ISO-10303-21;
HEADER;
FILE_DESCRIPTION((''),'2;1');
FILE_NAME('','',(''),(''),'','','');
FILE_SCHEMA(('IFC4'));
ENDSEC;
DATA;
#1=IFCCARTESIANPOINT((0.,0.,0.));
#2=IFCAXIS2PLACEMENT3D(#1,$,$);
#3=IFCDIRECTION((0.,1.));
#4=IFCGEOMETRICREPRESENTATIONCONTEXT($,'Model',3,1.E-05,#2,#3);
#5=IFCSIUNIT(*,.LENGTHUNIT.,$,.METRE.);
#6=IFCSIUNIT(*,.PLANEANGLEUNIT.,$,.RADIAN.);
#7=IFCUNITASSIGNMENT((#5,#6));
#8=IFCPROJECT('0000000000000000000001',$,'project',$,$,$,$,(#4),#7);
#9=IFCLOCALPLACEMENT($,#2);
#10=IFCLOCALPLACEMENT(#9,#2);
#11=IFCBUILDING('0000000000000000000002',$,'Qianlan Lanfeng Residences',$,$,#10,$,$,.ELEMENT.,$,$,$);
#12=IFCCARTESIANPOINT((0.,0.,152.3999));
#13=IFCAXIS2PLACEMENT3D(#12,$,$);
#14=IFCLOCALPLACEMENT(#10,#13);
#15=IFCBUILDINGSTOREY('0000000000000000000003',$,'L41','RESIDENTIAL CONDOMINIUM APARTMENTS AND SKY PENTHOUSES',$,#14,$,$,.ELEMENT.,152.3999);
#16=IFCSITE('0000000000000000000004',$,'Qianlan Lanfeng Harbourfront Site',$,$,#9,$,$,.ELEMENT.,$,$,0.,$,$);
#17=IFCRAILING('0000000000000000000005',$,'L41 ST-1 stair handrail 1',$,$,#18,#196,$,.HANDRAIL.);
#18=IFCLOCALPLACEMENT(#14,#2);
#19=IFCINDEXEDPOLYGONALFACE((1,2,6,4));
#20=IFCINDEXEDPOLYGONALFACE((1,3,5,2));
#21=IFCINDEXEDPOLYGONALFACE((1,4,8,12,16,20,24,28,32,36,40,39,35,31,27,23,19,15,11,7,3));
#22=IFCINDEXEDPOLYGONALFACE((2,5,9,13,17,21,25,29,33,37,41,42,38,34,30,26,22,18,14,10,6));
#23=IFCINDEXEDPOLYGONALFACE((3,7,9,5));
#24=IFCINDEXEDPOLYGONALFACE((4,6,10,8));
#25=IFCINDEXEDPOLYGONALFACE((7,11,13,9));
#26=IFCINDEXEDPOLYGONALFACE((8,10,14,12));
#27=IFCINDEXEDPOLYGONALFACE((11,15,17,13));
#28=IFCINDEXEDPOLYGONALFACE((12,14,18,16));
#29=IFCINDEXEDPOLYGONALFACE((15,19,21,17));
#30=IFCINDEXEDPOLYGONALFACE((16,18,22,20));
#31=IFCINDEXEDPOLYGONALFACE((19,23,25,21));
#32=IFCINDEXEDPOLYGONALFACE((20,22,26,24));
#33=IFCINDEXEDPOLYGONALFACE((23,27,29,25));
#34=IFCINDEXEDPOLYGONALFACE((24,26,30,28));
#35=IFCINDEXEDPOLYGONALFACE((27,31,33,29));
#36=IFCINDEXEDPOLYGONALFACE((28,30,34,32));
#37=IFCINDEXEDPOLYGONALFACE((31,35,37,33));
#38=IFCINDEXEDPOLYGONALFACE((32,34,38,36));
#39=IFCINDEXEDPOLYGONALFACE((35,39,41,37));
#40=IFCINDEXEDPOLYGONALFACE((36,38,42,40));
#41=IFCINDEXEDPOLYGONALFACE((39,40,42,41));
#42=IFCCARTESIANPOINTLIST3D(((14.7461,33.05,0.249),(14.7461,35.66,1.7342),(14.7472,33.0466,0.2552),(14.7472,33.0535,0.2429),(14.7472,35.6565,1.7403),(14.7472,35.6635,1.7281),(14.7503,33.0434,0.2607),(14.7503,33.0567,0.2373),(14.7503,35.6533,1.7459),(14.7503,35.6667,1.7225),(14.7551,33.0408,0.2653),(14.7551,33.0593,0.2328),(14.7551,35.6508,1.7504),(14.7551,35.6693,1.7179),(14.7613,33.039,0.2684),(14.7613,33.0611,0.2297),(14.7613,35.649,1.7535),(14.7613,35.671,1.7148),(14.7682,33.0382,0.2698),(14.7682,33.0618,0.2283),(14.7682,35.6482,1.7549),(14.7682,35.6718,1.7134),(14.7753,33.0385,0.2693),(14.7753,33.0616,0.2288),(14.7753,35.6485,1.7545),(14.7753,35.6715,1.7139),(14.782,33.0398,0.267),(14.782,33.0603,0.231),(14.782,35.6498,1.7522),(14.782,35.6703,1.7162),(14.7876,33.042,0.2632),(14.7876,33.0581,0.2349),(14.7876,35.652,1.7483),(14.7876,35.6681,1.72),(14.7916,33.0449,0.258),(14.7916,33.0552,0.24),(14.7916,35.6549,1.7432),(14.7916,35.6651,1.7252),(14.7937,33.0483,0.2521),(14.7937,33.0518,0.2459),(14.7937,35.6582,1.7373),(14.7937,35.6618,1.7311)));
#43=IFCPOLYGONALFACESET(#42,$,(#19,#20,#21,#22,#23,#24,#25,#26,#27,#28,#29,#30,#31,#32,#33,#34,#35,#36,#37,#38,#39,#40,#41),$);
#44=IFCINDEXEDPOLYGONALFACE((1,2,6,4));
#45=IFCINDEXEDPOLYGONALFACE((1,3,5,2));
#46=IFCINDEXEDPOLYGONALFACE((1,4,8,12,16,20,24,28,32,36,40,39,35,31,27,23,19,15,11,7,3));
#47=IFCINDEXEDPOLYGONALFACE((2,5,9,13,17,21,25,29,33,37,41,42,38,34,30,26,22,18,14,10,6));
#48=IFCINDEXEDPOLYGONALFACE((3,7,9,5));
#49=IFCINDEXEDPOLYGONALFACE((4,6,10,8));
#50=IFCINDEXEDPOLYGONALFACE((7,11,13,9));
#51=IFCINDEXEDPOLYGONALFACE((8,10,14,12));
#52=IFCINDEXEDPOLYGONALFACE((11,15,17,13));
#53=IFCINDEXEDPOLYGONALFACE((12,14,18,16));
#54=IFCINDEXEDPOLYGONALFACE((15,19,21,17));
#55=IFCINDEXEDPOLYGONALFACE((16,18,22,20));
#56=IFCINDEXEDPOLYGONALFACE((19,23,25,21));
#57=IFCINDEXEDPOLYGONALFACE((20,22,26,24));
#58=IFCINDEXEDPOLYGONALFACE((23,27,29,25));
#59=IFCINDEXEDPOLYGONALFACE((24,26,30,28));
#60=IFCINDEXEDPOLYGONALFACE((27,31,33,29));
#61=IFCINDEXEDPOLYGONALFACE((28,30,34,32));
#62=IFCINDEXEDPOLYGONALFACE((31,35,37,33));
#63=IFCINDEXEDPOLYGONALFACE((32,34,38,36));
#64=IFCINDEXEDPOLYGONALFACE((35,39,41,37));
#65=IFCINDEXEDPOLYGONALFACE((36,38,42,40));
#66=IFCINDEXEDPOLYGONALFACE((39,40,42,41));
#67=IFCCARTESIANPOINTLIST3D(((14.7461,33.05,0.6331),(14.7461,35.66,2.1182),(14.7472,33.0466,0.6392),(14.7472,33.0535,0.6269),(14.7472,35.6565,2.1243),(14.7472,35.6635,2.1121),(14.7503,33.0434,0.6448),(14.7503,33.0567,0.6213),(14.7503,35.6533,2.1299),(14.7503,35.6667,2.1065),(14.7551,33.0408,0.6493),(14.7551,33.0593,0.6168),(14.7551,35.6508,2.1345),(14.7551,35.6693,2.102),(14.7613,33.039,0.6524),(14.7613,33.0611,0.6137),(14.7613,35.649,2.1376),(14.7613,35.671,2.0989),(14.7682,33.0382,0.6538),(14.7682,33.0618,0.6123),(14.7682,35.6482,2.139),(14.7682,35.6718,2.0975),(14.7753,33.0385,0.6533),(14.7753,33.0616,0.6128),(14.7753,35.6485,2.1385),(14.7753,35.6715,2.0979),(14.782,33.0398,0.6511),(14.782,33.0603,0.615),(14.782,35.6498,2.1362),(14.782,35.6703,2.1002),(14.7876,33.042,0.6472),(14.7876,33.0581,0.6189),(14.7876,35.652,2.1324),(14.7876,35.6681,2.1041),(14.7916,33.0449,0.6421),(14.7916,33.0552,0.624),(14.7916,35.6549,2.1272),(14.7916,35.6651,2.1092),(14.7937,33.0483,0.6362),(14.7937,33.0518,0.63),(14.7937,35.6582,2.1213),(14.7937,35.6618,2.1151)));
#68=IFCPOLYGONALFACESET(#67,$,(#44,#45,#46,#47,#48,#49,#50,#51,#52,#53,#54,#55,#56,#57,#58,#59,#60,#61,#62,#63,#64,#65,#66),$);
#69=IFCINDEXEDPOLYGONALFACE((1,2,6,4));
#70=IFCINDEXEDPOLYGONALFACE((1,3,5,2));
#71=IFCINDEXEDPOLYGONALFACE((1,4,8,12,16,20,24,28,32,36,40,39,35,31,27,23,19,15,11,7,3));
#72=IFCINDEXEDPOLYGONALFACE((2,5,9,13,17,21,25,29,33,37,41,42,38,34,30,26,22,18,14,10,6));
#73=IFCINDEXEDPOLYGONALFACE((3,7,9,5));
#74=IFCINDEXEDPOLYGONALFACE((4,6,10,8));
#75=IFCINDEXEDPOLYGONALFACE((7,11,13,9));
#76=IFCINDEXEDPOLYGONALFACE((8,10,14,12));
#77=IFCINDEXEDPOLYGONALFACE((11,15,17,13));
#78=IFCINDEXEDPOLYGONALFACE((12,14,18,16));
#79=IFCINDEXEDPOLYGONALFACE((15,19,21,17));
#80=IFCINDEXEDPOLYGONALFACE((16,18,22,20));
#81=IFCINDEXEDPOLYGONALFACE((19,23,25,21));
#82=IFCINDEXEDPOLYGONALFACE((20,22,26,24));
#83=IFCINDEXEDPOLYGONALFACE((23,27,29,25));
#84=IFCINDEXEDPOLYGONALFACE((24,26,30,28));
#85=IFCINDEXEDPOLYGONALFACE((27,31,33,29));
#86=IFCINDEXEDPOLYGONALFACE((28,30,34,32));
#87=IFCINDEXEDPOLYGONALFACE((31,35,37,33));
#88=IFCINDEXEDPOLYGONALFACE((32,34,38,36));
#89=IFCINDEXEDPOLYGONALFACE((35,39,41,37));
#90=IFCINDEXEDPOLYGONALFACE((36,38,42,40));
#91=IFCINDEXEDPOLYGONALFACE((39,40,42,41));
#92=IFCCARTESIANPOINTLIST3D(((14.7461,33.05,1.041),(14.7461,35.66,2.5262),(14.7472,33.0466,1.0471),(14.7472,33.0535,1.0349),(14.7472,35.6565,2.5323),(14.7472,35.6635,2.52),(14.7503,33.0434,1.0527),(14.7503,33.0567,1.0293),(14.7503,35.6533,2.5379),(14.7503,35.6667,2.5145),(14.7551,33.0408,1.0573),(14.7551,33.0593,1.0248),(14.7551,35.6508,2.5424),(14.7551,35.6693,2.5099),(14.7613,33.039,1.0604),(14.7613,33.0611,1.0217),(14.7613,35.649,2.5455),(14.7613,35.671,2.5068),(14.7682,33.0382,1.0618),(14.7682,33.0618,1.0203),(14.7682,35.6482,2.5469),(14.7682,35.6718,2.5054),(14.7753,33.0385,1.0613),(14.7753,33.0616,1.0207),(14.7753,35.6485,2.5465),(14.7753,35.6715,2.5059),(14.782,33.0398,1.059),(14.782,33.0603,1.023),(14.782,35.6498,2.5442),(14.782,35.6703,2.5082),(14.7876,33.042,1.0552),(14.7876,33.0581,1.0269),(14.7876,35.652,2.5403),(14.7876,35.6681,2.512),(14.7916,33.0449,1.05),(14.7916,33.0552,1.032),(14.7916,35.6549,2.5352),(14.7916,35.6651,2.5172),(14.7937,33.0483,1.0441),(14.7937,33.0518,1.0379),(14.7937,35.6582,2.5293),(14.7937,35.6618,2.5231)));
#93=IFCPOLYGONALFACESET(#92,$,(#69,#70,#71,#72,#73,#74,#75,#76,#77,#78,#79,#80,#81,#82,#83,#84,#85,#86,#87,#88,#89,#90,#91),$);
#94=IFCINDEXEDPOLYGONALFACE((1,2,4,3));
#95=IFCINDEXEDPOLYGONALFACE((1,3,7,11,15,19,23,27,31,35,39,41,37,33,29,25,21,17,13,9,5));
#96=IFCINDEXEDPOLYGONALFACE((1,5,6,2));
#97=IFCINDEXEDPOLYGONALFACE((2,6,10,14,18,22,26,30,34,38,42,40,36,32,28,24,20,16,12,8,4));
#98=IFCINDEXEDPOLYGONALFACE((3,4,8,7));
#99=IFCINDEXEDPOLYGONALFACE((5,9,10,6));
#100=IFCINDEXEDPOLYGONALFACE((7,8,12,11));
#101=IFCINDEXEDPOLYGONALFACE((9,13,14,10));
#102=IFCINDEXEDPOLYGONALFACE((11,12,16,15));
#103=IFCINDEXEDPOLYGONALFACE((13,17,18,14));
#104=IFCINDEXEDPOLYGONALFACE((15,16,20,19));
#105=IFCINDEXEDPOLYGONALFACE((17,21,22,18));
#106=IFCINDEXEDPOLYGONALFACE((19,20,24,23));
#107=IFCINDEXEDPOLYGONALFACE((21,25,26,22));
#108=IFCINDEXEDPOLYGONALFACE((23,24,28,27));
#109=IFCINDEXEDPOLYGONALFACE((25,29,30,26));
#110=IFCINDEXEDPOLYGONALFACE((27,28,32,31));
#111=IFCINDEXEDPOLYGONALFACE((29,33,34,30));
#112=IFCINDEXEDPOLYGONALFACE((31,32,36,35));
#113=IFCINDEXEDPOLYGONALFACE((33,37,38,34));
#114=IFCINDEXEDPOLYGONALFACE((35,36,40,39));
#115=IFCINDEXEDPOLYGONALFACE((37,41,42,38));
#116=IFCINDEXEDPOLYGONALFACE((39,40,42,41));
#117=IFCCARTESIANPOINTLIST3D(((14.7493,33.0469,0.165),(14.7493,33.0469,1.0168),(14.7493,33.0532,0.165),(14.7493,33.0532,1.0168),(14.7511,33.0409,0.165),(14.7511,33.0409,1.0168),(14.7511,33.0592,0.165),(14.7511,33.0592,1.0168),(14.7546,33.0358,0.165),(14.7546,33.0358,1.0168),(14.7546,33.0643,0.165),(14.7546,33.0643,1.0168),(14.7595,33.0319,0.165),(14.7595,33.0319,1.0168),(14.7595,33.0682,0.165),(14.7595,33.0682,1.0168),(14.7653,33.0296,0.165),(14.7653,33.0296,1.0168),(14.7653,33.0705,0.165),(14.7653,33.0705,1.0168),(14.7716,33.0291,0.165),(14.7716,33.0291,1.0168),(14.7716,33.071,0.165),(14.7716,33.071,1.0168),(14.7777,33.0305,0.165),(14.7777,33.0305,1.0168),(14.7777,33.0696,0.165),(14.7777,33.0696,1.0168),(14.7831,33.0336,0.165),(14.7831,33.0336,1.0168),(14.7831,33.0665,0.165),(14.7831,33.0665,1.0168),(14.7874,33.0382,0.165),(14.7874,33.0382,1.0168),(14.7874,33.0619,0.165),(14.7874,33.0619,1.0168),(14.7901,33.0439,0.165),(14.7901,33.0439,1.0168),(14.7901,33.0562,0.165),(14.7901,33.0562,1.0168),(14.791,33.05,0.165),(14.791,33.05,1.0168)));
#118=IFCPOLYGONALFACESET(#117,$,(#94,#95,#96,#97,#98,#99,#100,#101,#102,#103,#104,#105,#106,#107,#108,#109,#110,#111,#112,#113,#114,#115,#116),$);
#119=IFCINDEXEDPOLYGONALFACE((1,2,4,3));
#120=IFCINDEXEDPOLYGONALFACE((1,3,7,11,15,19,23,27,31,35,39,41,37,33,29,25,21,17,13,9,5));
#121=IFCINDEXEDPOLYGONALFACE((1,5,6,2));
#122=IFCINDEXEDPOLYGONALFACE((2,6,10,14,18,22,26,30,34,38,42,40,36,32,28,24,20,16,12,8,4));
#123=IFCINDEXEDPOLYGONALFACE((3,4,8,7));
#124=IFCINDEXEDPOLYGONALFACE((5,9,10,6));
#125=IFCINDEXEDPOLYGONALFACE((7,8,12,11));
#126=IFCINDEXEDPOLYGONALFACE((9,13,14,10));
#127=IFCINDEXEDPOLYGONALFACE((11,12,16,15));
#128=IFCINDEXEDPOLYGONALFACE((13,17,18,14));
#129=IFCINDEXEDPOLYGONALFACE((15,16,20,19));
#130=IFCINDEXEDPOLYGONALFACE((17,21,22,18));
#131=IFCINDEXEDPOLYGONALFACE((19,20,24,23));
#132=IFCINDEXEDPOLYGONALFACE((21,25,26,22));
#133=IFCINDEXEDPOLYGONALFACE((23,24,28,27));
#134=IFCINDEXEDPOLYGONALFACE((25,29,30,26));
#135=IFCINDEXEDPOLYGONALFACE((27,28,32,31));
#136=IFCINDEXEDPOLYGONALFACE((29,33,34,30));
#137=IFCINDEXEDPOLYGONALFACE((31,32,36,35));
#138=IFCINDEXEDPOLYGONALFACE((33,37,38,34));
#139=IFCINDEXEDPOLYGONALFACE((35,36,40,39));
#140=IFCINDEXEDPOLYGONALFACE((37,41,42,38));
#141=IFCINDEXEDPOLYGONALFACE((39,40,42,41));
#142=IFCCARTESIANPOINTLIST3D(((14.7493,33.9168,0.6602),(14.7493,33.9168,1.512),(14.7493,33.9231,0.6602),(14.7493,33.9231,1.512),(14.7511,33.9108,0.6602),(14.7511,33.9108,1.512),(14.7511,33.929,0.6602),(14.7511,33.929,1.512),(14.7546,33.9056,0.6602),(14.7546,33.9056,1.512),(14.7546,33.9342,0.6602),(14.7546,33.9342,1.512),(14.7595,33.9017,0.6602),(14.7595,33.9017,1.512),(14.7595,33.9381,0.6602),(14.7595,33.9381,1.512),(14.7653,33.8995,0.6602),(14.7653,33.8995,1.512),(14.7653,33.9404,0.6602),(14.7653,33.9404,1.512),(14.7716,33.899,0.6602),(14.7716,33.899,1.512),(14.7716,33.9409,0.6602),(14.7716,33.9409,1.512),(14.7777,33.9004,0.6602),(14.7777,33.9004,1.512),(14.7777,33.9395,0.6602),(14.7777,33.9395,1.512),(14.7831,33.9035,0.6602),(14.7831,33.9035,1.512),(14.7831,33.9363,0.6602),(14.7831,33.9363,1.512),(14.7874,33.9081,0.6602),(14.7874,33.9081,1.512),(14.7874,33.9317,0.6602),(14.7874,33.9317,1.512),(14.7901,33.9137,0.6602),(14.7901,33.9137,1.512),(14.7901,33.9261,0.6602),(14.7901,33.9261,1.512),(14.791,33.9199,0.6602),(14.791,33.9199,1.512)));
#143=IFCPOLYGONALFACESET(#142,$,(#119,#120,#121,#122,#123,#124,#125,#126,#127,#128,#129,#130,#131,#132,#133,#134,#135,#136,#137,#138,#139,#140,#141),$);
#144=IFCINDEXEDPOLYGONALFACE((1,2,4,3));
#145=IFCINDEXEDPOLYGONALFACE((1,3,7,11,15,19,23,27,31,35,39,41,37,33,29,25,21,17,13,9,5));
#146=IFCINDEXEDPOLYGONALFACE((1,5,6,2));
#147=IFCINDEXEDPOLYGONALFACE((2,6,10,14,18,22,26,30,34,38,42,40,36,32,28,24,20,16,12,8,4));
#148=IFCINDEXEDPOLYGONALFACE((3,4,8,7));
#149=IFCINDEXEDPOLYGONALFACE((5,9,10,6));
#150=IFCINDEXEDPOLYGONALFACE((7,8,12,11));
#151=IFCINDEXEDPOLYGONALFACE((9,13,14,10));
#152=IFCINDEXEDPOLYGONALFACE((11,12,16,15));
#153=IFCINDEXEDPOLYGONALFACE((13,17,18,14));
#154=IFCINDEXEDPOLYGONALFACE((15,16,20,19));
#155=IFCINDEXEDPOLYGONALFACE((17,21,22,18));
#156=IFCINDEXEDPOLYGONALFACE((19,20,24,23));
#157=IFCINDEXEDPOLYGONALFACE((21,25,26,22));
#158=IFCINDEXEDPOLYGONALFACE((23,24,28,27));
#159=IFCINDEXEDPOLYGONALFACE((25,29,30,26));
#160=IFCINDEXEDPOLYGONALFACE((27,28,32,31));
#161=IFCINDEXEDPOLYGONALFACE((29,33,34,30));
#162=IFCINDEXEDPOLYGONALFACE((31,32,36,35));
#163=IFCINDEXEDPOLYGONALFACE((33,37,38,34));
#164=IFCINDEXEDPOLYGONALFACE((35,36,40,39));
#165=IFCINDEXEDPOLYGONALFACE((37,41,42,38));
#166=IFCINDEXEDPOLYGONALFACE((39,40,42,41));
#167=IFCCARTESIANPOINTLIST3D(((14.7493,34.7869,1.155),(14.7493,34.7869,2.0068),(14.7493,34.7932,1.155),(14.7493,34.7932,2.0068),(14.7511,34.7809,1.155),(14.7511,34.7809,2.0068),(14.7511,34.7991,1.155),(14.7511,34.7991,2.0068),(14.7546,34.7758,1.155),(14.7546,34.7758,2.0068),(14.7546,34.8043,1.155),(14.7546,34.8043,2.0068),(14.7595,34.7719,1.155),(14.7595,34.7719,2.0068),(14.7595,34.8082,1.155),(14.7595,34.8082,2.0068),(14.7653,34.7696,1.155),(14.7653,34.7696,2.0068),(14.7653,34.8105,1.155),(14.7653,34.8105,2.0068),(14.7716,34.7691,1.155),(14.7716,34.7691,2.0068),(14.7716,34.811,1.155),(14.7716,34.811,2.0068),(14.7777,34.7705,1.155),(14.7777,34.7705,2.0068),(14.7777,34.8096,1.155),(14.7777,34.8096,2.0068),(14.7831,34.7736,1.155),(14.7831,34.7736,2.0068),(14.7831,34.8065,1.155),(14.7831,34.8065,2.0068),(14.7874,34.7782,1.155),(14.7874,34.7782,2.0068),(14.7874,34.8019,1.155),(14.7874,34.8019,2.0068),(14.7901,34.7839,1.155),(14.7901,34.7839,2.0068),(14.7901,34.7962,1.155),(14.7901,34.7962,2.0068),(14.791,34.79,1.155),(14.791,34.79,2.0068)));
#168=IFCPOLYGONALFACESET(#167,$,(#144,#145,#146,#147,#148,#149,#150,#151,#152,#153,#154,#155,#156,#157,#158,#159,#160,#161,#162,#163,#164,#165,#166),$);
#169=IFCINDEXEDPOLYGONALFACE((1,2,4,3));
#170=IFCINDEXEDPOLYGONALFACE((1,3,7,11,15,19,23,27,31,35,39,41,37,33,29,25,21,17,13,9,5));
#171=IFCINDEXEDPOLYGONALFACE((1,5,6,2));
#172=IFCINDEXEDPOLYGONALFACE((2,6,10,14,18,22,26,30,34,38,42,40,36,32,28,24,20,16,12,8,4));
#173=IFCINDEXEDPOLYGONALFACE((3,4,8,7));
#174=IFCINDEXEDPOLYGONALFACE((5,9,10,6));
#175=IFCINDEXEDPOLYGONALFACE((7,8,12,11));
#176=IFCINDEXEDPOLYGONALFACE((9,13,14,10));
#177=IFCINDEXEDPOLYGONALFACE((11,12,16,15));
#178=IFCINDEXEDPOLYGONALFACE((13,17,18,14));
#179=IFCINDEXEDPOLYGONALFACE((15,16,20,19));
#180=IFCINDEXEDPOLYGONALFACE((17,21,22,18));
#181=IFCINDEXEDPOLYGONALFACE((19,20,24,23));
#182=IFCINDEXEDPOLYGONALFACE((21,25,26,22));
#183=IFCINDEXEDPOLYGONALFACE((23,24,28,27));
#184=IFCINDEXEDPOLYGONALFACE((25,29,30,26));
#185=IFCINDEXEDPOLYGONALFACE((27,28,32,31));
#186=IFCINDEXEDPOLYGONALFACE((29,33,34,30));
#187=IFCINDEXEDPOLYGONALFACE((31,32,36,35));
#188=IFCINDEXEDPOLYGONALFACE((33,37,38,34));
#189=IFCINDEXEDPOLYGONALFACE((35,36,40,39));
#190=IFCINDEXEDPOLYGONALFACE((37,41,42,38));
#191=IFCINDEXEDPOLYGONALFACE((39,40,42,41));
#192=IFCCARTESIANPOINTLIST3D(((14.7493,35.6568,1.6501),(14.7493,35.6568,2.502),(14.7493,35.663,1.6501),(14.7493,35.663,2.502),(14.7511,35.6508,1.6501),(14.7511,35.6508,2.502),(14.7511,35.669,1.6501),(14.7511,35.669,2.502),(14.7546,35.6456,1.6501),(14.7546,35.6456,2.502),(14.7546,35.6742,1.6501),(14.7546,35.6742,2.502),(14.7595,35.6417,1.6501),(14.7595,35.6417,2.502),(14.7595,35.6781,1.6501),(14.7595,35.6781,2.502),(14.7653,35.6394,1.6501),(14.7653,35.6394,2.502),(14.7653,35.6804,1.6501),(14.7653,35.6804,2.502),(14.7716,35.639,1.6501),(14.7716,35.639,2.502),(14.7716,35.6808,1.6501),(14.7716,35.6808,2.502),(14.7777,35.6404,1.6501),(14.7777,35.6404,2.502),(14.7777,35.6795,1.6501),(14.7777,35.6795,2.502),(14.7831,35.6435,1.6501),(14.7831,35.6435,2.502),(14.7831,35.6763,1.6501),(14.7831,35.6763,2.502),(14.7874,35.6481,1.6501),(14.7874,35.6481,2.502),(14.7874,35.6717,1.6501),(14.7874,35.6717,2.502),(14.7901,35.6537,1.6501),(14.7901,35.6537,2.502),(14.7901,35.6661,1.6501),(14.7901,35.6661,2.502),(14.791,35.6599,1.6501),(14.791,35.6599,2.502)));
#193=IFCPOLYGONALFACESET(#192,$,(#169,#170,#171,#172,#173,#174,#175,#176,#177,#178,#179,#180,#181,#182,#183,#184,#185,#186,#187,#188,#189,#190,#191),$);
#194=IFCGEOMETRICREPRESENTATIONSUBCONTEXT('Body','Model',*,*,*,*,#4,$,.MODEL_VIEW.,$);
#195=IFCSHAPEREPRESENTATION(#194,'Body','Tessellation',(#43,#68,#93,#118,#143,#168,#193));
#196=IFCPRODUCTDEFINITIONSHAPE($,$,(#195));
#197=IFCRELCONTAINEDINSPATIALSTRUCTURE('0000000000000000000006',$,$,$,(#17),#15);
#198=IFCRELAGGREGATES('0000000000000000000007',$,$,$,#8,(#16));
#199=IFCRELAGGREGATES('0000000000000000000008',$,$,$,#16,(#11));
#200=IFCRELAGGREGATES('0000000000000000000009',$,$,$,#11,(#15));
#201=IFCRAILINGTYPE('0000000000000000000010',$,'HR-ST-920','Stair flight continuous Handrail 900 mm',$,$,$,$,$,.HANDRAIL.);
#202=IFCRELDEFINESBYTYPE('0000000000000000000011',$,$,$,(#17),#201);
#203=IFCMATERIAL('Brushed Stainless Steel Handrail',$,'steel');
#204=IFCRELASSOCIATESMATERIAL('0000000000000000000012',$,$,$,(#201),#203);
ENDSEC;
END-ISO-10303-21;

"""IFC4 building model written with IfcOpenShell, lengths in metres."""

from ifc_helpers import new_model, si_unit, direction, frame, origin, origin_2d, place, context, subcontext, project, spatial, circle, extrude, material, type_object, element, save


model = new_model("IFC4")

# Units and contexts
model_context = context("Model", 3, precision=1e-05, world=origin(), true_north=direction((0.0, 1.0)))
body_context = subcontext(model_context, "Body", "Model", "MODEL_VIEW")
ifc_project = project(units=[si_unit("LENGTHUNIT", "METRE"), si_unit("PLANEANGLEUNIT", "RADIAN")], contexts=[model_context])

# Site, building, storey
site_placement = place(None, origin())
site = spatial("IfcSite", under=ifc_project, at=site_placement, Name="Qianlan Lanfeng Harbourfront Site", CompositionType="ELEMENT", RefElevation=0.0)
building_placement = place(site_placement, origin())
building = spatial("IfcBuilding", under=site, at=building_placement, Name="Qianlan Lanfeng Residences", CompositionType="ELEMENT")
storey_placement = place(building_placement, frame((0.0, 0.0, 152.3999)))
storey = spatial("IfcBuildingStorey", under=building, at=storey_placement, Name="L41", Description="RESIDENTIAL CONDOMINIUM APARTMENTS AND SKY PENTHOUSES", CompositionType="ELEMENT", Elevation=152.3999)

# Railing
ifc_material_1 = material(Name="Brushed Stainless Steel Handrail", Category="steel")
railing_type_1 = type_object("IfcRailingType", Name="HR-ST-920", Description="Stair flight continuous Handrail 900 mm", PredefinedType="HANDRAIL", material=ifc_material_1)
railing_1_placement = place(storey_placement, frame((14.77, 33.05, 0.165)))
element("IfcRailing", 1, at=railing_1_placement, inside=storey, type_object=railing_type_1, Name="L41 ST-1 stair handrail 1", PredefinedType="HANDRAIL", context=body_context, shape_type="SweptSolid", body=[
    extrude(circle(Radius=0.0239, at=origin_2d()), frame((0.0, 0.0, 0.084), z_axis=(0.0, 0.869137, 0.494571), x_axis=(-1.0, 0.0, 0.0)), (0.0, 0.0, 1.0), 3.0029),
    extrude(circle(Radius=0.0239, at=origin_2d()), frame((0.0, 0.0, 0.468), z_axis=(0.0, 0.869137, 0.494571), x_axis=(-1.0, 0.0, 0.0)), (0.0, 0.0, 1.0), 3.0029),
    extrude(circle(Radius=0.0239, at=origin_2d()), frame((0.0, 0.0, 0.876), z_axis=(0.0, 0.869137, 0.494571), x_axis=(-1.0, 0.0, 0.0)), (0.0, 0.0, 1.0), 3.0029),
    extrude(circle(Radius=0.021, at=origin_2d()), origin(), (0.0, 0.0, 1.0), 0.8518),
    extrude(circle(Radius=0.021, at=origin_2d()), frame((0.0, 0.8699, 0.4951)), (0.0, 0.0, 1.0), 0.8518),
    extrude(circle(Radius=0.021, at=origin_2d()), frame((0.0, 1.74, 0.99)), (0.0, 0.0, 1.0), 0.8518),
    extrude(circle(Radius=0.021, at=origin_2d()), frame((0.0, 2.6099, 1.4851)), (0.0, 0.0, 1.0), 0.8518),
])

save(model, "model.ifc")
